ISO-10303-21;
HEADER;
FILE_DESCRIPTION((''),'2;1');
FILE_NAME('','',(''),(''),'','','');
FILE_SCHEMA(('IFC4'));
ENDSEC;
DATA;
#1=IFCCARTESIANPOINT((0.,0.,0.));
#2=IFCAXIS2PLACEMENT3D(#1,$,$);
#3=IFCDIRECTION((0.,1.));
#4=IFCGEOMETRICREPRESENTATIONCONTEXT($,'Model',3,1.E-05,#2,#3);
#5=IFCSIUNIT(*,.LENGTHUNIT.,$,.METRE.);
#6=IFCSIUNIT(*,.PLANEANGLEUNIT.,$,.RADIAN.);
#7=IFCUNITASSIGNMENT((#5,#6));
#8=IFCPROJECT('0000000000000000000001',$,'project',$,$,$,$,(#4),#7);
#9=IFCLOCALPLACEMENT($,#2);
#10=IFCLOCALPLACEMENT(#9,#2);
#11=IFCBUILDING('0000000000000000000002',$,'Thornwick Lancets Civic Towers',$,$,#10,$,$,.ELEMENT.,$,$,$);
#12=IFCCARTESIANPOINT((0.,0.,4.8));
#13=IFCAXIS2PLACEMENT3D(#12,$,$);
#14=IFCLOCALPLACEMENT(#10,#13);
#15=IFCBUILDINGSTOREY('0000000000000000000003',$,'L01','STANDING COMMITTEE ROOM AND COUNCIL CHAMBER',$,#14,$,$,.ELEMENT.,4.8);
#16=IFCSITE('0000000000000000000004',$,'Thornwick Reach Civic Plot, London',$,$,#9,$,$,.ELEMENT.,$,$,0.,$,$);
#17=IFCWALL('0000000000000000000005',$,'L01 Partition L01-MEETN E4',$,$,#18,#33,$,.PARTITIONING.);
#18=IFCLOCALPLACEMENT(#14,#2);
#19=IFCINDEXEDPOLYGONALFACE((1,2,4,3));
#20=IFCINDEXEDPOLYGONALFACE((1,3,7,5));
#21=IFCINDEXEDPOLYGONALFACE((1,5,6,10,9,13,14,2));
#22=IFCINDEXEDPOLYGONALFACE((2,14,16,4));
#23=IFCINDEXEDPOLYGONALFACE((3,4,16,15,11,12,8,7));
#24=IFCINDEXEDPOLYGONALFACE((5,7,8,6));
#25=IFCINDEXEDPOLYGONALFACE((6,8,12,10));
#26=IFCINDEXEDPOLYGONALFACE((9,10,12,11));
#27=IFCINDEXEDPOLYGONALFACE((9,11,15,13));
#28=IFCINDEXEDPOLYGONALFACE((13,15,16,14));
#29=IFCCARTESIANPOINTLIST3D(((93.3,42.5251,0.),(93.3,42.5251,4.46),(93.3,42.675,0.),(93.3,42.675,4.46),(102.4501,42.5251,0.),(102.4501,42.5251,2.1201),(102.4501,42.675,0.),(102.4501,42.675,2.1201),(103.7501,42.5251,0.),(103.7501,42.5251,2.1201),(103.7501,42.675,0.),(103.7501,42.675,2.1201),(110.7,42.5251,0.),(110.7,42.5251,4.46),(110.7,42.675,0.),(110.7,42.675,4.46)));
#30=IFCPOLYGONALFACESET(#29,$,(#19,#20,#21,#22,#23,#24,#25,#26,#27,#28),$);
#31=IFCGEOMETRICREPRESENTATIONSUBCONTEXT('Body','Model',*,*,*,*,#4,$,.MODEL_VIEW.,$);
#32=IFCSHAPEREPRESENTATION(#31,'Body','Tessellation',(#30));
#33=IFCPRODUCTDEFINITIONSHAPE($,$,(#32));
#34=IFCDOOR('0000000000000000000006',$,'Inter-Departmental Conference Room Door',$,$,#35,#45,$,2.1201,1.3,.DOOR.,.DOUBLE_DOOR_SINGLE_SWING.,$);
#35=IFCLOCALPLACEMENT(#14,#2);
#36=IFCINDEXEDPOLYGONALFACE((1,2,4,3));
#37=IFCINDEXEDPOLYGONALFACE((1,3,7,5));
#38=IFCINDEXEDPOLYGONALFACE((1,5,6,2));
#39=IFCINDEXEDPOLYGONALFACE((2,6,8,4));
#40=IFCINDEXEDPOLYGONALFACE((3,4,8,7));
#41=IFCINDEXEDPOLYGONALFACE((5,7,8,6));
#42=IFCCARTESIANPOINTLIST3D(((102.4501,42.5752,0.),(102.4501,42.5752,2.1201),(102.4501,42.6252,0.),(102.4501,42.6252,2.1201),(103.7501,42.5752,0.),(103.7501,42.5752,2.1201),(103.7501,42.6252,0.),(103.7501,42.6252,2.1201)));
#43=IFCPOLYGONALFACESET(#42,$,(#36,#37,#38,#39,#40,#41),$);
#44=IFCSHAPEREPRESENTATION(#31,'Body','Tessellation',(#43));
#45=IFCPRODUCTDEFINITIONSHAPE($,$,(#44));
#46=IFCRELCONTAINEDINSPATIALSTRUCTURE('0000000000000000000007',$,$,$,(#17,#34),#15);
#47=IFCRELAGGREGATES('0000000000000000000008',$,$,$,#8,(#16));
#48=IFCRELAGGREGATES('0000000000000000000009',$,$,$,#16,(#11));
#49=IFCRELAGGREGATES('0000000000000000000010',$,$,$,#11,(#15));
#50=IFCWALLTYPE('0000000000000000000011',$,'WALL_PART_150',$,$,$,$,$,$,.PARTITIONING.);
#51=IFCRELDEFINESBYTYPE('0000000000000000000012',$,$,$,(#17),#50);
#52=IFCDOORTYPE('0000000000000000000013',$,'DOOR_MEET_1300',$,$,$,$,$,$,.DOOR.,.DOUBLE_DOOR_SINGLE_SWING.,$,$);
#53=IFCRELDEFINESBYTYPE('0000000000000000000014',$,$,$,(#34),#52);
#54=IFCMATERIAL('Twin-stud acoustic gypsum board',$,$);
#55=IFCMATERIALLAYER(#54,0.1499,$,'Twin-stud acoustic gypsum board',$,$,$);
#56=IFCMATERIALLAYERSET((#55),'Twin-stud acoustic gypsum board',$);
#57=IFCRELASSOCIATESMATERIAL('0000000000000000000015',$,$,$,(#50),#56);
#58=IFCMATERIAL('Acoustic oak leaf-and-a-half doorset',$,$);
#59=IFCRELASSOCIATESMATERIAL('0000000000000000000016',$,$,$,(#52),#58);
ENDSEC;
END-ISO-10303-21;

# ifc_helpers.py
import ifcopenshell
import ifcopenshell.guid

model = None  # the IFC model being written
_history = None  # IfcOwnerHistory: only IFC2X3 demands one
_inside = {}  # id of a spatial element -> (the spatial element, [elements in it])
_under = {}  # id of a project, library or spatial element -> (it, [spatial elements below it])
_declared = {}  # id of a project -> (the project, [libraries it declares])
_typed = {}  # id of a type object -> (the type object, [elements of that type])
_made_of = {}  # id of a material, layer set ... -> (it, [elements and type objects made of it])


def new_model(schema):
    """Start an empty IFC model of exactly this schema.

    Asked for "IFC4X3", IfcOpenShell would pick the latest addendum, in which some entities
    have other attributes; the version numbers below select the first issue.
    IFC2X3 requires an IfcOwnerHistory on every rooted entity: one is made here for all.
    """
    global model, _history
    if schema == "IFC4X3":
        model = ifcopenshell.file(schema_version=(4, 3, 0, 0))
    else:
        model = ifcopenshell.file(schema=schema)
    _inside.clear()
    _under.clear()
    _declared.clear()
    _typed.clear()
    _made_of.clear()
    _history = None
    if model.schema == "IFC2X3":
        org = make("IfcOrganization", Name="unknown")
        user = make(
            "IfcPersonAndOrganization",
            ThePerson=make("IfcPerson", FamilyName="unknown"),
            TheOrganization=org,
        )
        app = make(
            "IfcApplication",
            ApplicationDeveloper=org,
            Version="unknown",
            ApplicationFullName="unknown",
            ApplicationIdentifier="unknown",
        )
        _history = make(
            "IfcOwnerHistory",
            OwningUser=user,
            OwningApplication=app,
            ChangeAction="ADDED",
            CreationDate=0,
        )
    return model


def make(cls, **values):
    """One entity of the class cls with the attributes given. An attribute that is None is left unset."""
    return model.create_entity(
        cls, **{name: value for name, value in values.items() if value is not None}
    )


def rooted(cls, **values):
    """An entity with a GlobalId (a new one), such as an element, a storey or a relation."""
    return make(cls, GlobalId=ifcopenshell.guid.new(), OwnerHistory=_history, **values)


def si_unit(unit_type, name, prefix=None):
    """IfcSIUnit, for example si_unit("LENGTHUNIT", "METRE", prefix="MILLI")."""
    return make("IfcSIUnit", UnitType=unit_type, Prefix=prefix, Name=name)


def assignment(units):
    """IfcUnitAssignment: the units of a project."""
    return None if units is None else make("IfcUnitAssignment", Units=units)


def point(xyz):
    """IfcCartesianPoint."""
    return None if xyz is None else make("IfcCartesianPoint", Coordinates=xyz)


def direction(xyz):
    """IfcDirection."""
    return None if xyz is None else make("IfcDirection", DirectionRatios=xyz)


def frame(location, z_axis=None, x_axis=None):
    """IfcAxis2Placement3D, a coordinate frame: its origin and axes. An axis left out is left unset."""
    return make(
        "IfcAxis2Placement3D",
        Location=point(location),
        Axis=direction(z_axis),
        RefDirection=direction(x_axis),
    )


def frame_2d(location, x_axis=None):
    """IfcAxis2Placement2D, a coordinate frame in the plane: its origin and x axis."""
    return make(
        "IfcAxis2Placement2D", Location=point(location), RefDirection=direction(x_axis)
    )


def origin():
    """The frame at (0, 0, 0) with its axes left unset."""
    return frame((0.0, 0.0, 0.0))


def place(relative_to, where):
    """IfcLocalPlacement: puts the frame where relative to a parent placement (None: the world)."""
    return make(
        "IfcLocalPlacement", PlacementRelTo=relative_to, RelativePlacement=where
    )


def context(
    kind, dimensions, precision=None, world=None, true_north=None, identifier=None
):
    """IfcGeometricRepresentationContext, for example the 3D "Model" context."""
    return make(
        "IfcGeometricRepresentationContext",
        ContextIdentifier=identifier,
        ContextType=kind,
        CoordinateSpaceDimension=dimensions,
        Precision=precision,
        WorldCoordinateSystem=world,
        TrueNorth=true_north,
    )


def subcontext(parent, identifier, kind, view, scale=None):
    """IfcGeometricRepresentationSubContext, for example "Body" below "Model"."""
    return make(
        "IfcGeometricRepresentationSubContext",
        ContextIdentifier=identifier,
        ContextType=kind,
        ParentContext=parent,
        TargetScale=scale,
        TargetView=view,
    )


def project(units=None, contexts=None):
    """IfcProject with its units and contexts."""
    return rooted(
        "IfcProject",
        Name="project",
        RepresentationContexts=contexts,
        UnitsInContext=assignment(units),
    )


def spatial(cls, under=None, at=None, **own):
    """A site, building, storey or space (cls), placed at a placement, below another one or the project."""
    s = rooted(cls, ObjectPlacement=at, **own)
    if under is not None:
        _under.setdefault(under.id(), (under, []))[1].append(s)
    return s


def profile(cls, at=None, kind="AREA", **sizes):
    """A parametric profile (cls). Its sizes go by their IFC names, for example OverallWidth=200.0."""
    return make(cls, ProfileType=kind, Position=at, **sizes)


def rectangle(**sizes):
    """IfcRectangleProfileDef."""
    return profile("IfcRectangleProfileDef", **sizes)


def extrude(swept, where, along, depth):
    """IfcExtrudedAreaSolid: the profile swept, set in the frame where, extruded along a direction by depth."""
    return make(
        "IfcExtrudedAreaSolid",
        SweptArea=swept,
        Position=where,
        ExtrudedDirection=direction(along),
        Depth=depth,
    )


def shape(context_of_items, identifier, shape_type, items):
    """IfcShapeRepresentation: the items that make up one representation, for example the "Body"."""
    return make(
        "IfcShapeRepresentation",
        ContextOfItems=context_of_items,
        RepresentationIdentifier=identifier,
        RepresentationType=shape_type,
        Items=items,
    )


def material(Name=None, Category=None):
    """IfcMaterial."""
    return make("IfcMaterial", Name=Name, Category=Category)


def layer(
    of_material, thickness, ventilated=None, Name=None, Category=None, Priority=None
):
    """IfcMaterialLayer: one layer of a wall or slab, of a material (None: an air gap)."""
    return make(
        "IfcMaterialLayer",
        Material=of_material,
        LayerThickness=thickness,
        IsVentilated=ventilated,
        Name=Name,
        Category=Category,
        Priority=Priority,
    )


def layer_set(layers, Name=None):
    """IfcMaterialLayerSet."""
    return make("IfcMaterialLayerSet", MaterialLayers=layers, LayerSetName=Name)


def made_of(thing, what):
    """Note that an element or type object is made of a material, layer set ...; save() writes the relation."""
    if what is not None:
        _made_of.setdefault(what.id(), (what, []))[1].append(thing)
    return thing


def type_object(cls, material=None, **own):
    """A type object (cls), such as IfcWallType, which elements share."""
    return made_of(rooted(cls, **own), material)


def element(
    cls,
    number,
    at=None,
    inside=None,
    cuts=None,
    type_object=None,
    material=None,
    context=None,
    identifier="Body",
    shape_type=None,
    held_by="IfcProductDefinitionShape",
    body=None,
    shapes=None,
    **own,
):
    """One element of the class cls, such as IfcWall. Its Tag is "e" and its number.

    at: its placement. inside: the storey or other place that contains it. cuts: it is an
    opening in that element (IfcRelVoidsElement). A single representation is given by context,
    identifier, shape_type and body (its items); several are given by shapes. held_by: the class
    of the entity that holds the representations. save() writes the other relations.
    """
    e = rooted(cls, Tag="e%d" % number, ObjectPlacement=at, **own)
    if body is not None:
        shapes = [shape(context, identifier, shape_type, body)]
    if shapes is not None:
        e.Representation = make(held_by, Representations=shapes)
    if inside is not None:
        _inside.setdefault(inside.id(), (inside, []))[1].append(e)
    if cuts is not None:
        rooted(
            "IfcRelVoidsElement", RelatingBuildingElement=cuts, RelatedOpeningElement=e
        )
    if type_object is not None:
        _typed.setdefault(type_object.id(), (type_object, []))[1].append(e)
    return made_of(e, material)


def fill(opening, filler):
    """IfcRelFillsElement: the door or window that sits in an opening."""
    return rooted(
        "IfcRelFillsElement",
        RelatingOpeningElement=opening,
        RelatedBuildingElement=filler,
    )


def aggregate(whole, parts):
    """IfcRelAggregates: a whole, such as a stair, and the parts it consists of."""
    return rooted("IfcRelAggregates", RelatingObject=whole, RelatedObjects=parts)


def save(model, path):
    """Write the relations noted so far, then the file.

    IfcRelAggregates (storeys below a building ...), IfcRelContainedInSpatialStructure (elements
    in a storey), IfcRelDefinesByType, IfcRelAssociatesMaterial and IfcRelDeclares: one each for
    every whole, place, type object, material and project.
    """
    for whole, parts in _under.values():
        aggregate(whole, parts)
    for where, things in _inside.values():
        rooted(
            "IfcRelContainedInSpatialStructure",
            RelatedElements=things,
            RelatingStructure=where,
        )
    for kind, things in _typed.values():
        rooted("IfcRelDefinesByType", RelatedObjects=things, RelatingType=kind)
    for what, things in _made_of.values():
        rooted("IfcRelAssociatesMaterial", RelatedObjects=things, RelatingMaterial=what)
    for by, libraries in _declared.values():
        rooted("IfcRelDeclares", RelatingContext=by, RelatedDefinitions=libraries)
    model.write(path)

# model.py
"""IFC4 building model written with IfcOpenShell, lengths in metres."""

from ifc_helpers import new_model, si_unit, direction, frame, frame_2d, origin, place, context, subcontext, project, spatial, rectangle, extrude, material, layer, layer_set, type_object, element, fill, save


model = new_model("IFC4")

# Units and contexts
model_context = context("Model", 3, precision=1e-05, world=origin(), true_north=direction((0.0, 1.0)))
body_context = subcontext(model_context, "Body", "Model", "MODEL_VIEW")
ifc_project = project(units=[si_unit("LENGTHUNIT", "METRE"), si_unit("PLANEANGLEUNIT", "RADIAN")], contexts=[model_context])

# Site, building, storey
site_placement = place(None, origin())
site = spatial("IfcSite", under=ifc_project, at=site_placement, Name="Thornwick Reach Civic Plot, London", CompositionType="ELEMENT", RefElevation=0.0)
building_placement = place(site_placement, origin())
building = spatial("IfcBuilding", under=site, at=building_placement, Name="Thornwick Lancets Civic Towers", CompositionType="ELEMENT")
storey_placement = place(building_placement, frame((0.0, 0.0, 4.8)))
storey = spatial("IfcBuildingStorey", under=building, at=storey_placement, Name="L01", Description="STANDING COMMITTEE ROOM AND COUNCIL CHAMBER", CompositionType="ELEMENT", Elevation=4.8)

# Wall, opening, door
ifc_material_1 = material(Name="Twin-stud acoustic gypsum board")
ifc_layer_1 = layer(ifc_material_1, 0.1499, Name="Twin-stud acoustic gypsum board")
ifc_layer_set_1 = layer_set([ifc_layer_1], Name="Twin-stud acoustic gypsum board")
wall_type_1 = type_object("IfcWallType", Name="WALL_PART_150", PredefinedType="PARTITIONING", material=ifc_layer_set_1)
ifc_material_2 = material(Name="Acoustic oak leaf-and-a-half doorset")
door_type_1 = type_object("IfcDoorType", Name="DOOR_MEET_1300", OperationType="DOUBLE_DOOR_SINGLE_SWING", PredefinedType="DOOR", material=ifc_material_2)
wall_1_placement = place(storey_placement, frame((110.7, 42.6001, 0.0), z_axis=(0.0, 0.0, 1.0), x_axis=(-1.0, 0.0, 0.0)))
wall_1 = element("IfcWall", 1, at=wall_1_placement, inside=storey, type_object=wall_type_1, Name="L01 Partition L01-MEETN E4", PredefinedType="PARTITIONING", context=body_context, shape_type="SweptSolid", body=[
    extrude(rectangle(XDim=17.3999, YDim=0.1499, at=frame_2d((8.7, 0.0))), origin(), (0.0, 0.0, 1.0), 4.46),
])
opening_1_placement = place(wall_1_placement, frame((6.95, 0.0, 0.0)))
opening_1 = element("IfcOpeningElement", 2, at=opening_1_placement, cuts=wall_1, PredefinedType="OPENING", context=body_context, shape_type="SweptSolid", body=[
    extrude(rectangle(XDim=1.3, YDim=2.1201, at=frame_2d((0.6499, 1.0601))), frame((0.0, 0.085, 0.0), z_axis=(0.0, -1.0, 0.0), x_axis=(1.0, 0.0, 0.0)), (0.0, 0.0, 1.0), 0.1699),
])
door_1_placement = place(opening_1_placement, origin())
door_1 = element("IfcDoor", 3, at=door_1_placement, inside=storey, type_object=door_type_1, Name="Inter-Departmental Conference Room Door", OperationType="DOUBLE_DOOR_SINGLE_SWING", OverallHeight=2.1201, OverallWidth=1.3, PredefinedType="DOOR", context=body_context, shape_type="SweptSolid", body=[
    extrude(rectangle(XDim=1.3, YDim=2.1201, at=frame_2d((0.6499, 1.0601))), frame((0.0, 0.0249, 0.0), z_axis=(0.0, -1.0, 0.0), x_axis=(1.0, 0.0, 0.0)), (0.0, 0.0, 1.0), 0.05),
])
fill(opening_1, door_1)

save(model, "model.ifc")
